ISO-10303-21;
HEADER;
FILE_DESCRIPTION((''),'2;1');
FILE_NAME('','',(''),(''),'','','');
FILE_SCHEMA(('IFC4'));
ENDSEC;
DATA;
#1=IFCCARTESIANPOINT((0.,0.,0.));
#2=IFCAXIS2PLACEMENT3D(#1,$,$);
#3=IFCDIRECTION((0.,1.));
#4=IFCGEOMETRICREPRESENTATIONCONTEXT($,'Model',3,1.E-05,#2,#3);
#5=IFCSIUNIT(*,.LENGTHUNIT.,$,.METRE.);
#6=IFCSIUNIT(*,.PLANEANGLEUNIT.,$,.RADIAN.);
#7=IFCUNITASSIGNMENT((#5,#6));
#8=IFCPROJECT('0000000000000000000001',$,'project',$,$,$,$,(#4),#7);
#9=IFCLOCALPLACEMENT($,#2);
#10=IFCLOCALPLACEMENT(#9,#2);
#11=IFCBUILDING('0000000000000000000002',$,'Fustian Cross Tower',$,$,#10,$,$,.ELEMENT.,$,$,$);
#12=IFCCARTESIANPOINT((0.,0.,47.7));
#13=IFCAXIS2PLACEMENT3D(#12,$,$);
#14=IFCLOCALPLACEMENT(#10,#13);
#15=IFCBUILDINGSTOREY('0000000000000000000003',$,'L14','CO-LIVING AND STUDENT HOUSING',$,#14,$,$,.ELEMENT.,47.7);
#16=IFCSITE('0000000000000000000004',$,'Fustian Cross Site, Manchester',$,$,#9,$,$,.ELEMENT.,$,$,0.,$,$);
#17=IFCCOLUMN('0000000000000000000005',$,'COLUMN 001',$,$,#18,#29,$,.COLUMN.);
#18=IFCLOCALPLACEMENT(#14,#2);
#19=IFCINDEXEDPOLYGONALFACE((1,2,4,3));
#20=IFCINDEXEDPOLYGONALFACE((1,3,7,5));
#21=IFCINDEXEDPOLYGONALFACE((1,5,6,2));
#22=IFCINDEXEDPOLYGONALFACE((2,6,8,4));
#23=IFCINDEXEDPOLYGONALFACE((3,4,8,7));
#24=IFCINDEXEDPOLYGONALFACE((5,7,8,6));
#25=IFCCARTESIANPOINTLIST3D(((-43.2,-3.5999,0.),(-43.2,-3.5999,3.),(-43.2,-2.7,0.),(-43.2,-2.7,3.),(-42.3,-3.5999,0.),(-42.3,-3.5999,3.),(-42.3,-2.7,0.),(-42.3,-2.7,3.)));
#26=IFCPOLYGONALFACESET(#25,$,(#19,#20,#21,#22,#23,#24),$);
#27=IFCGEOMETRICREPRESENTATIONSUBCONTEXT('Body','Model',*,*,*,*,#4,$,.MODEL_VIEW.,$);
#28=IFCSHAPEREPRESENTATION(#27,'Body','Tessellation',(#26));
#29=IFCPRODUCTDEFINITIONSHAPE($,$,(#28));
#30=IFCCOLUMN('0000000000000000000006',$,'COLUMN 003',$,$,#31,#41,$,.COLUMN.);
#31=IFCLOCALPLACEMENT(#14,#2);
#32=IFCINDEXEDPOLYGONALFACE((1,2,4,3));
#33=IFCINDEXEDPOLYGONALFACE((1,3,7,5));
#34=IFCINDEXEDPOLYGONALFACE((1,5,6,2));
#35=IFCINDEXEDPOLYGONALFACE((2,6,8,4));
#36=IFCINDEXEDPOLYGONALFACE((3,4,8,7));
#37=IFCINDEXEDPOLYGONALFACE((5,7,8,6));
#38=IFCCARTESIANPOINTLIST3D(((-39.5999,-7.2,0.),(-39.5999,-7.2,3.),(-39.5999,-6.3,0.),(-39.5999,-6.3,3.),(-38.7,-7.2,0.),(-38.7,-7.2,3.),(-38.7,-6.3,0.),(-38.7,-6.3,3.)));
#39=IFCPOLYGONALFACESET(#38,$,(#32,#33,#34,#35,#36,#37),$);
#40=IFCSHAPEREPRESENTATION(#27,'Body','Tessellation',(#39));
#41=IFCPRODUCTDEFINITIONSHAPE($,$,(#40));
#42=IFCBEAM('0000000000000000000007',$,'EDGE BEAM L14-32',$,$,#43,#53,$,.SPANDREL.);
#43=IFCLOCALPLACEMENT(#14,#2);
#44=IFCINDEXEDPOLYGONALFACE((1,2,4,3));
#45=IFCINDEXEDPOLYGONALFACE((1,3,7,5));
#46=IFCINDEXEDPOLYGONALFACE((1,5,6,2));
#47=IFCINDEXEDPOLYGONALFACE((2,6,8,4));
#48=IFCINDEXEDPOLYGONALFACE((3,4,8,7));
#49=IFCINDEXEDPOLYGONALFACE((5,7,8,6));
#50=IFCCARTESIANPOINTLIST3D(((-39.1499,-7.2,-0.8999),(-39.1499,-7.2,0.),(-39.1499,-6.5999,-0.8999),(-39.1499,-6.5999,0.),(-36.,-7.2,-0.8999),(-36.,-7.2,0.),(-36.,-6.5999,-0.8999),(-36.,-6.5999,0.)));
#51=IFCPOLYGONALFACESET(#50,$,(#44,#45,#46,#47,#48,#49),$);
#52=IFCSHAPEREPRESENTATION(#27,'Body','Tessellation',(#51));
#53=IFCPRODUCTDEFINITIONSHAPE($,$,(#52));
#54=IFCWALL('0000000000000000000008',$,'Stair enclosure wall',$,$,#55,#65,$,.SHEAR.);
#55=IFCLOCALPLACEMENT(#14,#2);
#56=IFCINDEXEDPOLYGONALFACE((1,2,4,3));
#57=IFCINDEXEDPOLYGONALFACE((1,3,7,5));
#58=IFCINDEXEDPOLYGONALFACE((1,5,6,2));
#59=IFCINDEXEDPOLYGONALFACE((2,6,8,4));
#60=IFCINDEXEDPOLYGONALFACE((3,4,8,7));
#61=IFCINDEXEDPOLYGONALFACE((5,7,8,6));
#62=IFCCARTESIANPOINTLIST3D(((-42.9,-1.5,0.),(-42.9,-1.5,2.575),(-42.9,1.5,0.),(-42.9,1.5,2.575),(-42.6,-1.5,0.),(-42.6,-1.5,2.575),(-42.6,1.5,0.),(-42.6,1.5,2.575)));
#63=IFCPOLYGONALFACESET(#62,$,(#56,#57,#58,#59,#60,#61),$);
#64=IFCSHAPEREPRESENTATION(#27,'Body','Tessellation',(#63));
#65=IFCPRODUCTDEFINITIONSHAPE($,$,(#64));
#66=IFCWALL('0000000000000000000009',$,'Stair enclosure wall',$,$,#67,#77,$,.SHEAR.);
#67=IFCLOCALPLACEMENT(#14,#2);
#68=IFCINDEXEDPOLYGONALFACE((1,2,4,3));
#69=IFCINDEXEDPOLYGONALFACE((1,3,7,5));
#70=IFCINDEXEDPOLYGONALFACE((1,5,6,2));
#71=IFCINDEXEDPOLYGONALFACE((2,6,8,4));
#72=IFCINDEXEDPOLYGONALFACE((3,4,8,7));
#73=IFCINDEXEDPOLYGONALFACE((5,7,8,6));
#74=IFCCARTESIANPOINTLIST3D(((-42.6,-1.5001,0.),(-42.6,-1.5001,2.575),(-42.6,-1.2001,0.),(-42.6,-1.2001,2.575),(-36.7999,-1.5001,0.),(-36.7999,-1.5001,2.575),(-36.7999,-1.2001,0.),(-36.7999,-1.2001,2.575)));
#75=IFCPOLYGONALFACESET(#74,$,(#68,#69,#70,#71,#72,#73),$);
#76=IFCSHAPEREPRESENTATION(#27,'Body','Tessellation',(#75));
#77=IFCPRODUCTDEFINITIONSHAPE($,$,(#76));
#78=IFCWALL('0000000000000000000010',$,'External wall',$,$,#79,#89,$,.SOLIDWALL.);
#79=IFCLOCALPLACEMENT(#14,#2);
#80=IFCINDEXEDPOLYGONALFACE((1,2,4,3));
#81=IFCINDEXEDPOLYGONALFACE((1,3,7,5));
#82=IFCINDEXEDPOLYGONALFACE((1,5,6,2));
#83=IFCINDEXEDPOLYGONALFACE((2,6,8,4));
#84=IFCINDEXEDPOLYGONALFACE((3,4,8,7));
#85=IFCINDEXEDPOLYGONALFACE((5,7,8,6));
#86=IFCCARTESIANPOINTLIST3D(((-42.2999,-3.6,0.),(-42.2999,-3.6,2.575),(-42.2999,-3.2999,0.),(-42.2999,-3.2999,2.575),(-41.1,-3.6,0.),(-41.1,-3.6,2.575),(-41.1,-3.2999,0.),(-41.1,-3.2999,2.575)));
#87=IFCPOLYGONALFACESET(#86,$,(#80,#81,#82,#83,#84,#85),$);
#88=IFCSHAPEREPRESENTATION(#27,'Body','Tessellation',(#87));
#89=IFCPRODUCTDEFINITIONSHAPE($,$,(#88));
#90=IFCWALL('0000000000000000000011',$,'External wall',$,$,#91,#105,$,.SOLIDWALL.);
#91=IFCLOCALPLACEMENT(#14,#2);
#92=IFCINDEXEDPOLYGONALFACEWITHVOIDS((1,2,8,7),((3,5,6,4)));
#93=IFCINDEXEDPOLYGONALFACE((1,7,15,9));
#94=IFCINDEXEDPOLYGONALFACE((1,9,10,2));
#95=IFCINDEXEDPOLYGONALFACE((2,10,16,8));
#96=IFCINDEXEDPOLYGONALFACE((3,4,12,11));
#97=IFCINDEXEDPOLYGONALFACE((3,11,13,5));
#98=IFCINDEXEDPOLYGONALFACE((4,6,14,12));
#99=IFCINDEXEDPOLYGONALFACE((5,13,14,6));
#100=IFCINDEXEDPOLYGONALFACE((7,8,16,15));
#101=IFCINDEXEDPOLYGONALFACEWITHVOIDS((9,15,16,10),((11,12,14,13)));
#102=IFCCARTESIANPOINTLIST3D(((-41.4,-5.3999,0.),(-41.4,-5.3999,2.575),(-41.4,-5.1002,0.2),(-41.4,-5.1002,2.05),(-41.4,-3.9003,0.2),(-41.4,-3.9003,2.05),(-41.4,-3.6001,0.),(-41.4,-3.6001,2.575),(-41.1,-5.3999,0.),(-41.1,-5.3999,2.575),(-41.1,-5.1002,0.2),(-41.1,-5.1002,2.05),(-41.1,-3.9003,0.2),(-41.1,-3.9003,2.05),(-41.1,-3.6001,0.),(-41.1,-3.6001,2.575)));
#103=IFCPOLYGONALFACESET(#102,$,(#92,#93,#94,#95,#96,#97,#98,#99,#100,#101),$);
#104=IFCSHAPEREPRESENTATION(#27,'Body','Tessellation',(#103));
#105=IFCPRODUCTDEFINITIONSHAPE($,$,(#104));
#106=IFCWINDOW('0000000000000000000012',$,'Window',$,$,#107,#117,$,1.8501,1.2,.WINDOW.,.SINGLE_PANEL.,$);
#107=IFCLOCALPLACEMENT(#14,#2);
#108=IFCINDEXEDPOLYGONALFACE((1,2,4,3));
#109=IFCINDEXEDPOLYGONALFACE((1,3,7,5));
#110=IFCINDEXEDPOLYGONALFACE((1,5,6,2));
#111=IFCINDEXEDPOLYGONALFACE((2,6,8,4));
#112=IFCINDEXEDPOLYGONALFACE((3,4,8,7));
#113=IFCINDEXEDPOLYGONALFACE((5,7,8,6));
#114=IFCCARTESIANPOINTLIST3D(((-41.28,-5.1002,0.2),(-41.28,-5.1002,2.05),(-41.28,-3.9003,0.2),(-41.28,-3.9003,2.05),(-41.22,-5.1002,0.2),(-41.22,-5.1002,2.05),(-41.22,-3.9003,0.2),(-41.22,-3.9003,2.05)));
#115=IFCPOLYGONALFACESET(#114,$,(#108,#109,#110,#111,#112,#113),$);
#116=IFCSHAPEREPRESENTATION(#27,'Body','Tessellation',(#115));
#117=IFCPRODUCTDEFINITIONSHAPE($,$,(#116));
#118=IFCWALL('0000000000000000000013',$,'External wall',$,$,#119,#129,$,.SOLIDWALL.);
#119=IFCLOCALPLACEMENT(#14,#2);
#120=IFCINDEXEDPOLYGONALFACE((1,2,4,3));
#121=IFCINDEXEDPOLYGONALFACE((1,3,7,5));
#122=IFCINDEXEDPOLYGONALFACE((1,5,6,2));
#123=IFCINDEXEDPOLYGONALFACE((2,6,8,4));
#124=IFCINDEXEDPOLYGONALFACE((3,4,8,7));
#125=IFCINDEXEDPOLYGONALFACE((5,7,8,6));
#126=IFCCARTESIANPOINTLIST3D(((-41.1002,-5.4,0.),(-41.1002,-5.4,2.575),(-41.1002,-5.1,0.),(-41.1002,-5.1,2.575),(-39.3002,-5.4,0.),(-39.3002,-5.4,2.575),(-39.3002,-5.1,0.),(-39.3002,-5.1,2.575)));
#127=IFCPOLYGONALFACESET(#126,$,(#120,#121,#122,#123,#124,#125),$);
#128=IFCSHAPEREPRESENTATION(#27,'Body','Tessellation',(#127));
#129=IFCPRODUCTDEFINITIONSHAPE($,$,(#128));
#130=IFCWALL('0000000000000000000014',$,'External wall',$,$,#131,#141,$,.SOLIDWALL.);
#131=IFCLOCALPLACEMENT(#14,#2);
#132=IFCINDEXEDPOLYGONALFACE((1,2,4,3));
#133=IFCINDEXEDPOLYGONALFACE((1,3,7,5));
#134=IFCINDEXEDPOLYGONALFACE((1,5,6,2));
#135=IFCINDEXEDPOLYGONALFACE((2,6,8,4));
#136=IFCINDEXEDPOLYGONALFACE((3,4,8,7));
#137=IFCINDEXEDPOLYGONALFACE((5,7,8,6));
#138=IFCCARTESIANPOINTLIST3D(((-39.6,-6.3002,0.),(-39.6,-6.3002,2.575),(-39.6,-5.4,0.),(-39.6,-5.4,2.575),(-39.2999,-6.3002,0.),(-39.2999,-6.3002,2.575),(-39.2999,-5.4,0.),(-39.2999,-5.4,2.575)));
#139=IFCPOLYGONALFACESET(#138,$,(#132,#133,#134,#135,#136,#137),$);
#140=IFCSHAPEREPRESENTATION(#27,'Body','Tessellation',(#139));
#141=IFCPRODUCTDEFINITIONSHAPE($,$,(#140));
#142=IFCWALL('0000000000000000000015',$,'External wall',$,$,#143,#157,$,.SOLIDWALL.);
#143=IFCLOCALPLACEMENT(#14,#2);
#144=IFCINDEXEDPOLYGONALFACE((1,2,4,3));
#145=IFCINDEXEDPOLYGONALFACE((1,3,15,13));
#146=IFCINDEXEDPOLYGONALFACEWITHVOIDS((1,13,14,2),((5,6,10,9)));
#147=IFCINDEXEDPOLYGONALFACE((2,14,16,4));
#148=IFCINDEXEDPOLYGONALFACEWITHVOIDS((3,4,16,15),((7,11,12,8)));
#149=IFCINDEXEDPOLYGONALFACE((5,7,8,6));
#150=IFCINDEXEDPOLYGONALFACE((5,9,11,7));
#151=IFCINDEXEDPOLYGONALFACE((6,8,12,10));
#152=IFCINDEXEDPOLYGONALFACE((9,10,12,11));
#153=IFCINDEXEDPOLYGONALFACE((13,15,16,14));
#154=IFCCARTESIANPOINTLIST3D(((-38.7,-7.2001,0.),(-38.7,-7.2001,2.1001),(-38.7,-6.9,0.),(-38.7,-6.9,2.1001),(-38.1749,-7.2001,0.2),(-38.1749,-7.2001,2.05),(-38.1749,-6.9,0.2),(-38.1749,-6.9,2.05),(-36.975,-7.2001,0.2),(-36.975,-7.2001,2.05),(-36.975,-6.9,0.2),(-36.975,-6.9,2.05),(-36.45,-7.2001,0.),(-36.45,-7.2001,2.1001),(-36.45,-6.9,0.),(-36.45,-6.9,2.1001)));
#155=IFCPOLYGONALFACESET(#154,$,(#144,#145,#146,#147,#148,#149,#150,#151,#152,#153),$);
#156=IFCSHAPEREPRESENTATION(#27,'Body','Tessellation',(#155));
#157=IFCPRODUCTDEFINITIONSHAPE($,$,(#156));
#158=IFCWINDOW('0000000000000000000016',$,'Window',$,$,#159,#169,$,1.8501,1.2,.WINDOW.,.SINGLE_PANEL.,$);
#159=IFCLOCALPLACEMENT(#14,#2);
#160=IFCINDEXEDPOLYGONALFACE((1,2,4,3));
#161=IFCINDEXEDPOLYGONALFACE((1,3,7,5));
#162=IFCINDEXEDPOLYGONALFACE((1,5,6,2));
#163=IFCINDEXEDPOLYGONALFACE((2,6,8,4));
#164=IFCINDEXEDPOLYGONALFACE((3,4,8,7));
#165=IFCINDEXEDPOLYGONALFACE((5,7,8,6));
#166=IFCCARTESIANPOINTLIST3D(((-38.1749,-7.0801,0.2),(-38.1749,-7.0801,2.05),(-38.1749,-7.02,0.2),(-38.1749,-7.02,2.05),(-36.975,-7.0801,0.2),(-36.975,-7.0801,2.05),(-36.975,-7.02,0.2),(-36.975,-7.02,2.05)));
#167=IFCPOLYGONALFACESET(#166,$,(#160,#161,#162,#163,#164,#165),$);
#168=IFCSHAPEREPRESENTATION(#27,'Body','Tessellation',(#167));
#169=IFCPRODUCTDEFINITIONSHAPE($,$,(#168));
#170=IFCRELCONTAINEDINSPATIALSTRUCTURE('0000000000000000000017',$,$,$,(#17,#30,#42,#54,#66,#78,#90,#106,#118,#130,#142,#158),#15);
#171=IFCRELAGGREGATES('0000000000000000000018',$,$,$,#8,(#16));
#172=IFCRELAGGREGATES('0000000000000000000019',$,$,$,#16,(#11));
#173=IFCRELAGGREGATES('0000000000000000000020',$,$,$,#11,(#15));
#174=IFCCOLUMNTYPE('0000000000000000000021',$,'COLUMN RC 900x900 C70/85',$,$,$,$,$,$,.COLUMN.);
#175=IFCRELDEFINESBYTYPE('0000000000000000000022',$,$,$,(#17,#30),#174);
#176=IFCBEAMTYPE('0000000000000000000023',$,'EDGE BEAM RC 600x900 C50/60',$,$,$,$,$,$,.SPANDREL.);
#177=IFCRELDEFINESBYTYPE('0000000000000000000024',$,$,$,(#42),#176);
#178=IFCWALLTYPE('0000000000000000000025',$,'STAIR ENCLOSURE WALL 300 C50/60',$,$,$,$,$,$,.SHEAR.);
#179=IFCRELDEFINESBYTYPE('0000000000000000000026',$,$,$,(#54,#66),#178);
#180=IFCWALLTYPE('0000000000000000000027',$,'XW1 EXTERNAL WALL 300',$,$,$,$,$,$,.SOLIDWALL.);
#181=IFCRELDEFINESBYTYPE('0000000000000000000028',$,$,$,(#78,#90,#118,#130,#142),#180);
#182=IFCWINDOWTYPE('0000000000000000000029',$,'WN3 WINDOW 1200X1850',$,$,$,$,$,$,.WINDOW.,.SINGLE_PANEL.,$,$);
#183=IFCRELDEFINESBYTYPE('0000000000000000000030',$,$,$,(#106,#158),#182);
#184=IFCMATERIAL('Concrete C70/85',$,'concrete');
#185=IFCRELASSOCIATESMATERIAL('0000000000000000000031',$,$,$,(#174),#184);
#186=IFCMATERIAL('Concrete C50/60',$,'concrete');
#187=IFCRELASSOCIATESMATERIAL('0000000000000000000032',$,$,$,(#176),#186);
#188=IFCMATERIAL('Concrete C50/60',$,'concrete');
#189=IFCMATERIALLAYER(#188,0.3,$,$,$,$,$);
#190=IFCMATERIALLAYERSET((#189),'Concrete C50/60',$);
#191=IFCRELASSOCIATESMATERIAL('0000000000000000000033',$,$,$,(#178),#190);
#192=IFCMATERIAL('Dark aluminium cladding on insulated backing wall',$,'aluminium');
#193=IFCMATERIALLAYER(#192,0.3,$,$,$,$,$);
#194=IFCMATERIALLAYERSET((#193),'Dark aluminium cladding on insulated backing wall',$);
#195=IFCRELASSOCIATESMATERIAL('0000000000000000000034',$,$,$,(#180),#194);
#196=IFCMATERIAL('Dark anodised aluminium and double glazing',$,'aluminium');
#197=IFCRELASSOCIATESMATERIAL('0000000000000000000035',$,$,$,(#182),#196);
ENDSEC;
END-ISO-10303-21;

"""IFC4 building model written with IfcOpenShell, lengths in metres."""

from ifc_helpers import new_model, si_unit, direction, frame, frame_2d, origin, origin_2d, place, context, subcontext, project, spatial, rectangle, extrude, material, layer, layer_set, material_profile, profile_set, type_object, element, fill, save


model = new_model("IFC4")

# Units and contexts
model_context = context("Model", 3, precision=1e-05, world=origin(), true_north=direction((0.0, 1.0)))
body_context = subcontext(model_context, "Body", "Model", "MODEL_VIEW")
ifc_project = project(units=[si_unit("LENGTHUNIT", "METRE"), si_unit("PLANEANGLEUNIT", "RADIAN")], contexts=[model_context])

# Site, building, storey
site_placement = place(None, origin())
site = spatial("IfcSite", under=ifc_project, at=site_placement, Name="Fustian Cross Site, Manchester", CompositionType="ELEMENT", RefElevation=0.0)
building_placement = place(site_placement, origin())
building = spatial("IfcBuilding", under=site, at=building_placement, Name="Fustian Cross Tower", CompositionType="ELEMENT")
storey_placement = place(building_placement, frame((0.0, 0.0, 47.7)))
storey = spatial("IfcBuildingStorey", under=building, at=storey_placement, Name="L14", Description="CO-LIVING AND STUDENT HOUSING", CompositionType="ELEMENT", Elevation=47.7)

# Columns
ifc_material_1 = material(Name="Concrete C70/85", Category="concrete")
ifc_material_profile_1 = material_profile(ifc_material_1, rectangle(XDim=0.8999, YDim=0.8999, at=origin_2d()), Name="RC 900x900")
ifc_profile_set_1 = profile_set([ifc_material_profile_1], Name="Concrete C70/85")
column_type = type_object("IfcColumnType", Name="COLUMN RC 900x900 C70/85", PredefinedType="COLUMN", material=ifc_profile_set_1)
for number, where, z_axis, x_axis, name in (
    (1, (-42.75, -3.1499, 0.0), (0.0, 0.0, 1.0), (1.0, 0.0, 0.0), "COLUMN 001"),
    (2, (-39.1499, -6.75, 0.0), (0.0, 0.0, 1.0), (1.0, 0.0, 0.0), "COLUMN 003"),
):
    element("IfcColumn", number, at=place(storey_placement, frame(where, z_axis=z_axis, x_axis=x_axis)), inside=storey, type_object=column_type, Name=name, PredefinedType="COLUMN", context=body_context, shape_type="SweptSolid", body=[
        extrude(rectangle(XDim=0.8999, YDim=0.8999, at=origin_2d()), origin(), (0.0, 0.0, 1.0), 3.0),
    ])

# Beam
ifc_material_2 = material(Name="Concrete C50/60", Category="concrete")
ifc_material_profile_2 = material_profile(ifc_material_2, rectangle(XDim=0.6001, YDim=0.8999, at=origin_2d()), Name="RC 600x900")
ifc_profile_set_2 = profile_set([ifc_material_profile_2], Name="Concrete C50/60")
beam_type = type_object("IfcBeamType", Name="EDGE BEAM RC 600x900 C50/60", PredefinedType="SPANDREL", material=ifc_profile_set_2)
beam_placement = place(storey_placement, frame((-39.1499, -6.8999, -0.45), z_axis=(1.0, 0.0, 0.0), x_axis=(0.0, 1.0, 0.0)))
element("IfcBeam", 3, at=beam_placement, inside=storey, type_object=beam_type, Name="EDGE BEAM L14-32", PredefinedType="SPANDREL", context=body_context, shape_type="SweptSolid", body=[
    extrude(rectangle(XDim=0.6001, YDim=0.8999, at=origin_2d()), origin(), (0.0, 0.0, 1.0), 3.1499),
])

# Walls
ifc_material_3 = material(Name="Concrete C50/60", Category="concrete")
ifc_layer_1 = layer(ifc_material_3, 0.3)
ifc_layer_set_1 = layer_set([ifc_layer_1], Name="Concrete C50/60")
wall_type_1 = type_object("IfcWallType", Name="STAIR ENCLOSURE WALL 300 C50/60", PredefinedType="SHEAR", material=ifc_layer_set_1)
wall_1_placement = place(storey_placement, frame((-42.75, -1.5, 0.0), z_axis=(0.0, 0.0, 1.0), x_axis=(0.0, 1.0, 0.0)))
element("IfcWall", 4, at=wall_1_placement, inside=storey, type_object=wall_type_1, Name="Stair enclosure wall", PredefinedType="SHEAR", context=body_context, shape_type="SweptSolid", body=[
    extrude(rectangle(XDim=3.0, YDim=0.3, at=frame_2d((1.5, 0.0))), origin(), (0.0, 0.0, 1.0), 2.575),
])
wall_2_placement = place(storey_placement, frame((-36.8, -1.3501, 0.0), z_axis=(0.0, 0.0, 1.0), x_axis=(-1.0, 0.0, 0.0)))
element("IfcWall", 5, at=wall_2_placement, inside=storey, type_object=wall_type_1, Name="Stair enclosure wall", PredefinedType="SHEAR", context=body_context, shape_type="SweptSolid", body=[
    extrude(rectangle(XDim=5.8, YDim=0.3, at=frame_2d((2.8999, 0.0))), origin(), (0.0, 0.0, 1.0), 2.575),
])
ifc_material_4 = material(Name="Dark aluminium cladding on insulated backing wall", Category="aluminium")
ifc_layer_2 = layer(ifc_material_4, 0.3)
ifc_layer_set_2 = layer_set([ifc_layer_2], Name="Dark aluminium cladding on insulated backing wall")
wall_type_2 = type_object("IfcWallType", Name="XW1 EXTERNAL WALL 300", PredefinedType="SOLIDWALL", material=ifc_layer_set_2)
wall_3_placement = place(storey_placement, frame((-42.3, -3.45, 0.0), z_axis=(0.0, 0.0, 1.0), x_axis=(1.0, 0.0, 0.0)))
element("IfcWall", 6, at=wall_3_placement, inside=storey, type_object=wall_type_2, Name="External wall", PredefinedType="SOLIDWALL", context=body_context, shape_type="SweptSolid", body=[
    extrude(rectangle(XDim=1.2, YDim=0.3, at=frame_2d((0.6001, 0.0))), origin(), (0.0, 0.0, 1.0), 2.575),
])

# Wall, opening, window
wall_4_placement = place(storey_placement, frame((-41.25, -3.6001, 0.0), z_axis=(0.0, 0.0, 1.0), x_axis=(0.0, -1.0, 0.0)))
wall_4 = element("IfcWall", 7, at=wall_4_placement, inside=storey, type_object=wall_type_2, Name="External wall", PredefinedType="SOLIDWALL", context=body_context, shape_type="SweptSolid", body=[
    extrude(rectangle(XDim=1.7998, YDim=0.3, at=frame_2d((0.8999, 0.0))), origin(), (0.0, 0.0, 1.0), 2.575),
])
opening_1_placement = place(wall_4_placement, frame((0.3, 0.0, 0.2)))
opening_1 = element("IfcOpeningElement", 8, at=opening_1_placement, cuts=wall_4, PredefinedType="OPENING", context=body_context, shape_type="SweptSolid", body=[
    extrude(rectangle(XDim=1.2, YDim=1.8501, at=frame_2d((0.6001, 0.925))), frame((0.0, 0.1599, 0.0), z_axis=(0.0, -1.0, 0.0), x_axis=(1.0, 0.0, 0.0)), (0.0, 0.0, 1.0), 0.3201),
])
ifc_material_5 = material(Name="Dark anodised aluminium and double glazing", Category="aluminium")
window_type = type_object("IfcWindowType", Name="WN3 WINDOW 1200X1850", PartitioningType="SINGLE_PANEL", PredefinedType="WINDOW", material=ifc_material_5)
window_1_placement = place(opening_1_placement, origin())
window_1 = element("IfcWindow", 9, at=window_1_placement, inside=storey, type_object=window_type, Name="Window", OverallHeight=1.8501, OverallWidth=1.2, PartitioningType="SINGLE_PANEL", PredefinedType="WINDOW", context=body_context, shape_type="SweptSolid", body=[
    extrude(rectangle(XDim=1.2, YDim=1.8501, at=frame_2d((0.6001, 0.925))), frame((0.0, 0.03, 0.0), z_axis=(0.0, -1.0, 0.0), x_axis=(1.0, 0.0, 0.0)), (0.0, 0.0, 1.0), 0.0601),
])
fill(opening_1, window_1)

# Walls
wall_5_placement = place(storey_placement, frame((-41.1001, -5.25, 0.0), z_axis=(0.0, 0.0, 1.0), x_axis=(1.0, 0.0, 0.0)))
element("IfcWall", 10, at=wall_5_placement, inside=storey, type_object=wall_type_2, Name="External wall", PredefinedType="SOLIDWALL", context=body_context, shape_type="SweptSolid", body=[
    extrude(rectangle(XDim=1.8, YDim=0.3, at=frame_2d((0.8999, 0.0))), origin(), (0.0, 0.0, 1.0), 2.575),
])
wall_6_placement = place(storey_placement, frame((-39.45, -5.3999, 0.0), z_axis=(0.0, 0.0, 1.0), x_axis=(0.0, -1.0, 0.0)))
element("IfcWall", 11, at=wall_6_placement, inside=storey, type_object=wall_type_2, Name="External wall", PredefinedType="SOLIDWALL", context=body_context, shape_type="SweptSolid", body=[
    extrude(rectangle(XDim=0.9001, YDim=0.3, at=frame_2d((0.4502, 0.0))), origin(), (0.0, 0.0, 1.0), 2.575),
])

# Wall, opening, window
wall_7_placement = place(storey_placement, frame((-38.7, -7.05, 0.0), z_axis=(0.0, 0.0, 1.0), x_axis=(1.0, 0.0, 0.0)))
wall_7 = element("IfcWall", 12, at=wall_7_placement, inside=storey, type_object=wall_type_2, Name="External wall", PredefinedType="SOLIDWALL", context=body_context, shape_type="SweptSolid", body=[
    extrude(rectangle(XDim=2.25, YDim=0.3, at=frame_2d((1.125, 0.0))), origin(), (0.0, 0.0, 1.0), 2.1001),
])
opening_2_placement = place(wall_7_placement, frame((0.5249, 0.0, 0.2)))
opening_2 = element("IfcOpeningElement", 13, at=opening_2_placement, cuts=wall_7, PredefinedType="OPENING", context=body_context, shape_type="SweptSolid", body=[
    extrude(rectangle(XDim=1.2, YDim=1.8501, at=frame_2d((0.6001, 0.925))), frame((0.0, 0.1599, 0.0), z_axis=(0.0, -1.0, 0.0), x_axis=(1.0, 0.0, 0.0)), (0.0, 0.0, 1.0), 0.3201),
])
window_2_placement = place(opening_2_placement, origin())
window_2 = element("IfcWindow", 14, at=window_2_placement, inside=storey, type_object=window_type, Name="Window", OverallHeight=1.8501, OverallWidth=1.2, PartitioningType="SINGLE_PANEL", PredefinedType="WINDOW", context=body_context, shape_type="SweptSolid", body=[
    extrude(rectangle(XDim=1.2, YDim=1.8501, at=frame_2d((0.6001, 0.925))), frame((0.0, 0.03, 0.0), z_axis=(0.0, -1.0, 0.0), x_axis=(1.0, 0.0, 0.0)), (0.0, 0.0, 1.0), 0.0601),
])
fill(opening_2, window_2)

save(model, "model.ifc")
